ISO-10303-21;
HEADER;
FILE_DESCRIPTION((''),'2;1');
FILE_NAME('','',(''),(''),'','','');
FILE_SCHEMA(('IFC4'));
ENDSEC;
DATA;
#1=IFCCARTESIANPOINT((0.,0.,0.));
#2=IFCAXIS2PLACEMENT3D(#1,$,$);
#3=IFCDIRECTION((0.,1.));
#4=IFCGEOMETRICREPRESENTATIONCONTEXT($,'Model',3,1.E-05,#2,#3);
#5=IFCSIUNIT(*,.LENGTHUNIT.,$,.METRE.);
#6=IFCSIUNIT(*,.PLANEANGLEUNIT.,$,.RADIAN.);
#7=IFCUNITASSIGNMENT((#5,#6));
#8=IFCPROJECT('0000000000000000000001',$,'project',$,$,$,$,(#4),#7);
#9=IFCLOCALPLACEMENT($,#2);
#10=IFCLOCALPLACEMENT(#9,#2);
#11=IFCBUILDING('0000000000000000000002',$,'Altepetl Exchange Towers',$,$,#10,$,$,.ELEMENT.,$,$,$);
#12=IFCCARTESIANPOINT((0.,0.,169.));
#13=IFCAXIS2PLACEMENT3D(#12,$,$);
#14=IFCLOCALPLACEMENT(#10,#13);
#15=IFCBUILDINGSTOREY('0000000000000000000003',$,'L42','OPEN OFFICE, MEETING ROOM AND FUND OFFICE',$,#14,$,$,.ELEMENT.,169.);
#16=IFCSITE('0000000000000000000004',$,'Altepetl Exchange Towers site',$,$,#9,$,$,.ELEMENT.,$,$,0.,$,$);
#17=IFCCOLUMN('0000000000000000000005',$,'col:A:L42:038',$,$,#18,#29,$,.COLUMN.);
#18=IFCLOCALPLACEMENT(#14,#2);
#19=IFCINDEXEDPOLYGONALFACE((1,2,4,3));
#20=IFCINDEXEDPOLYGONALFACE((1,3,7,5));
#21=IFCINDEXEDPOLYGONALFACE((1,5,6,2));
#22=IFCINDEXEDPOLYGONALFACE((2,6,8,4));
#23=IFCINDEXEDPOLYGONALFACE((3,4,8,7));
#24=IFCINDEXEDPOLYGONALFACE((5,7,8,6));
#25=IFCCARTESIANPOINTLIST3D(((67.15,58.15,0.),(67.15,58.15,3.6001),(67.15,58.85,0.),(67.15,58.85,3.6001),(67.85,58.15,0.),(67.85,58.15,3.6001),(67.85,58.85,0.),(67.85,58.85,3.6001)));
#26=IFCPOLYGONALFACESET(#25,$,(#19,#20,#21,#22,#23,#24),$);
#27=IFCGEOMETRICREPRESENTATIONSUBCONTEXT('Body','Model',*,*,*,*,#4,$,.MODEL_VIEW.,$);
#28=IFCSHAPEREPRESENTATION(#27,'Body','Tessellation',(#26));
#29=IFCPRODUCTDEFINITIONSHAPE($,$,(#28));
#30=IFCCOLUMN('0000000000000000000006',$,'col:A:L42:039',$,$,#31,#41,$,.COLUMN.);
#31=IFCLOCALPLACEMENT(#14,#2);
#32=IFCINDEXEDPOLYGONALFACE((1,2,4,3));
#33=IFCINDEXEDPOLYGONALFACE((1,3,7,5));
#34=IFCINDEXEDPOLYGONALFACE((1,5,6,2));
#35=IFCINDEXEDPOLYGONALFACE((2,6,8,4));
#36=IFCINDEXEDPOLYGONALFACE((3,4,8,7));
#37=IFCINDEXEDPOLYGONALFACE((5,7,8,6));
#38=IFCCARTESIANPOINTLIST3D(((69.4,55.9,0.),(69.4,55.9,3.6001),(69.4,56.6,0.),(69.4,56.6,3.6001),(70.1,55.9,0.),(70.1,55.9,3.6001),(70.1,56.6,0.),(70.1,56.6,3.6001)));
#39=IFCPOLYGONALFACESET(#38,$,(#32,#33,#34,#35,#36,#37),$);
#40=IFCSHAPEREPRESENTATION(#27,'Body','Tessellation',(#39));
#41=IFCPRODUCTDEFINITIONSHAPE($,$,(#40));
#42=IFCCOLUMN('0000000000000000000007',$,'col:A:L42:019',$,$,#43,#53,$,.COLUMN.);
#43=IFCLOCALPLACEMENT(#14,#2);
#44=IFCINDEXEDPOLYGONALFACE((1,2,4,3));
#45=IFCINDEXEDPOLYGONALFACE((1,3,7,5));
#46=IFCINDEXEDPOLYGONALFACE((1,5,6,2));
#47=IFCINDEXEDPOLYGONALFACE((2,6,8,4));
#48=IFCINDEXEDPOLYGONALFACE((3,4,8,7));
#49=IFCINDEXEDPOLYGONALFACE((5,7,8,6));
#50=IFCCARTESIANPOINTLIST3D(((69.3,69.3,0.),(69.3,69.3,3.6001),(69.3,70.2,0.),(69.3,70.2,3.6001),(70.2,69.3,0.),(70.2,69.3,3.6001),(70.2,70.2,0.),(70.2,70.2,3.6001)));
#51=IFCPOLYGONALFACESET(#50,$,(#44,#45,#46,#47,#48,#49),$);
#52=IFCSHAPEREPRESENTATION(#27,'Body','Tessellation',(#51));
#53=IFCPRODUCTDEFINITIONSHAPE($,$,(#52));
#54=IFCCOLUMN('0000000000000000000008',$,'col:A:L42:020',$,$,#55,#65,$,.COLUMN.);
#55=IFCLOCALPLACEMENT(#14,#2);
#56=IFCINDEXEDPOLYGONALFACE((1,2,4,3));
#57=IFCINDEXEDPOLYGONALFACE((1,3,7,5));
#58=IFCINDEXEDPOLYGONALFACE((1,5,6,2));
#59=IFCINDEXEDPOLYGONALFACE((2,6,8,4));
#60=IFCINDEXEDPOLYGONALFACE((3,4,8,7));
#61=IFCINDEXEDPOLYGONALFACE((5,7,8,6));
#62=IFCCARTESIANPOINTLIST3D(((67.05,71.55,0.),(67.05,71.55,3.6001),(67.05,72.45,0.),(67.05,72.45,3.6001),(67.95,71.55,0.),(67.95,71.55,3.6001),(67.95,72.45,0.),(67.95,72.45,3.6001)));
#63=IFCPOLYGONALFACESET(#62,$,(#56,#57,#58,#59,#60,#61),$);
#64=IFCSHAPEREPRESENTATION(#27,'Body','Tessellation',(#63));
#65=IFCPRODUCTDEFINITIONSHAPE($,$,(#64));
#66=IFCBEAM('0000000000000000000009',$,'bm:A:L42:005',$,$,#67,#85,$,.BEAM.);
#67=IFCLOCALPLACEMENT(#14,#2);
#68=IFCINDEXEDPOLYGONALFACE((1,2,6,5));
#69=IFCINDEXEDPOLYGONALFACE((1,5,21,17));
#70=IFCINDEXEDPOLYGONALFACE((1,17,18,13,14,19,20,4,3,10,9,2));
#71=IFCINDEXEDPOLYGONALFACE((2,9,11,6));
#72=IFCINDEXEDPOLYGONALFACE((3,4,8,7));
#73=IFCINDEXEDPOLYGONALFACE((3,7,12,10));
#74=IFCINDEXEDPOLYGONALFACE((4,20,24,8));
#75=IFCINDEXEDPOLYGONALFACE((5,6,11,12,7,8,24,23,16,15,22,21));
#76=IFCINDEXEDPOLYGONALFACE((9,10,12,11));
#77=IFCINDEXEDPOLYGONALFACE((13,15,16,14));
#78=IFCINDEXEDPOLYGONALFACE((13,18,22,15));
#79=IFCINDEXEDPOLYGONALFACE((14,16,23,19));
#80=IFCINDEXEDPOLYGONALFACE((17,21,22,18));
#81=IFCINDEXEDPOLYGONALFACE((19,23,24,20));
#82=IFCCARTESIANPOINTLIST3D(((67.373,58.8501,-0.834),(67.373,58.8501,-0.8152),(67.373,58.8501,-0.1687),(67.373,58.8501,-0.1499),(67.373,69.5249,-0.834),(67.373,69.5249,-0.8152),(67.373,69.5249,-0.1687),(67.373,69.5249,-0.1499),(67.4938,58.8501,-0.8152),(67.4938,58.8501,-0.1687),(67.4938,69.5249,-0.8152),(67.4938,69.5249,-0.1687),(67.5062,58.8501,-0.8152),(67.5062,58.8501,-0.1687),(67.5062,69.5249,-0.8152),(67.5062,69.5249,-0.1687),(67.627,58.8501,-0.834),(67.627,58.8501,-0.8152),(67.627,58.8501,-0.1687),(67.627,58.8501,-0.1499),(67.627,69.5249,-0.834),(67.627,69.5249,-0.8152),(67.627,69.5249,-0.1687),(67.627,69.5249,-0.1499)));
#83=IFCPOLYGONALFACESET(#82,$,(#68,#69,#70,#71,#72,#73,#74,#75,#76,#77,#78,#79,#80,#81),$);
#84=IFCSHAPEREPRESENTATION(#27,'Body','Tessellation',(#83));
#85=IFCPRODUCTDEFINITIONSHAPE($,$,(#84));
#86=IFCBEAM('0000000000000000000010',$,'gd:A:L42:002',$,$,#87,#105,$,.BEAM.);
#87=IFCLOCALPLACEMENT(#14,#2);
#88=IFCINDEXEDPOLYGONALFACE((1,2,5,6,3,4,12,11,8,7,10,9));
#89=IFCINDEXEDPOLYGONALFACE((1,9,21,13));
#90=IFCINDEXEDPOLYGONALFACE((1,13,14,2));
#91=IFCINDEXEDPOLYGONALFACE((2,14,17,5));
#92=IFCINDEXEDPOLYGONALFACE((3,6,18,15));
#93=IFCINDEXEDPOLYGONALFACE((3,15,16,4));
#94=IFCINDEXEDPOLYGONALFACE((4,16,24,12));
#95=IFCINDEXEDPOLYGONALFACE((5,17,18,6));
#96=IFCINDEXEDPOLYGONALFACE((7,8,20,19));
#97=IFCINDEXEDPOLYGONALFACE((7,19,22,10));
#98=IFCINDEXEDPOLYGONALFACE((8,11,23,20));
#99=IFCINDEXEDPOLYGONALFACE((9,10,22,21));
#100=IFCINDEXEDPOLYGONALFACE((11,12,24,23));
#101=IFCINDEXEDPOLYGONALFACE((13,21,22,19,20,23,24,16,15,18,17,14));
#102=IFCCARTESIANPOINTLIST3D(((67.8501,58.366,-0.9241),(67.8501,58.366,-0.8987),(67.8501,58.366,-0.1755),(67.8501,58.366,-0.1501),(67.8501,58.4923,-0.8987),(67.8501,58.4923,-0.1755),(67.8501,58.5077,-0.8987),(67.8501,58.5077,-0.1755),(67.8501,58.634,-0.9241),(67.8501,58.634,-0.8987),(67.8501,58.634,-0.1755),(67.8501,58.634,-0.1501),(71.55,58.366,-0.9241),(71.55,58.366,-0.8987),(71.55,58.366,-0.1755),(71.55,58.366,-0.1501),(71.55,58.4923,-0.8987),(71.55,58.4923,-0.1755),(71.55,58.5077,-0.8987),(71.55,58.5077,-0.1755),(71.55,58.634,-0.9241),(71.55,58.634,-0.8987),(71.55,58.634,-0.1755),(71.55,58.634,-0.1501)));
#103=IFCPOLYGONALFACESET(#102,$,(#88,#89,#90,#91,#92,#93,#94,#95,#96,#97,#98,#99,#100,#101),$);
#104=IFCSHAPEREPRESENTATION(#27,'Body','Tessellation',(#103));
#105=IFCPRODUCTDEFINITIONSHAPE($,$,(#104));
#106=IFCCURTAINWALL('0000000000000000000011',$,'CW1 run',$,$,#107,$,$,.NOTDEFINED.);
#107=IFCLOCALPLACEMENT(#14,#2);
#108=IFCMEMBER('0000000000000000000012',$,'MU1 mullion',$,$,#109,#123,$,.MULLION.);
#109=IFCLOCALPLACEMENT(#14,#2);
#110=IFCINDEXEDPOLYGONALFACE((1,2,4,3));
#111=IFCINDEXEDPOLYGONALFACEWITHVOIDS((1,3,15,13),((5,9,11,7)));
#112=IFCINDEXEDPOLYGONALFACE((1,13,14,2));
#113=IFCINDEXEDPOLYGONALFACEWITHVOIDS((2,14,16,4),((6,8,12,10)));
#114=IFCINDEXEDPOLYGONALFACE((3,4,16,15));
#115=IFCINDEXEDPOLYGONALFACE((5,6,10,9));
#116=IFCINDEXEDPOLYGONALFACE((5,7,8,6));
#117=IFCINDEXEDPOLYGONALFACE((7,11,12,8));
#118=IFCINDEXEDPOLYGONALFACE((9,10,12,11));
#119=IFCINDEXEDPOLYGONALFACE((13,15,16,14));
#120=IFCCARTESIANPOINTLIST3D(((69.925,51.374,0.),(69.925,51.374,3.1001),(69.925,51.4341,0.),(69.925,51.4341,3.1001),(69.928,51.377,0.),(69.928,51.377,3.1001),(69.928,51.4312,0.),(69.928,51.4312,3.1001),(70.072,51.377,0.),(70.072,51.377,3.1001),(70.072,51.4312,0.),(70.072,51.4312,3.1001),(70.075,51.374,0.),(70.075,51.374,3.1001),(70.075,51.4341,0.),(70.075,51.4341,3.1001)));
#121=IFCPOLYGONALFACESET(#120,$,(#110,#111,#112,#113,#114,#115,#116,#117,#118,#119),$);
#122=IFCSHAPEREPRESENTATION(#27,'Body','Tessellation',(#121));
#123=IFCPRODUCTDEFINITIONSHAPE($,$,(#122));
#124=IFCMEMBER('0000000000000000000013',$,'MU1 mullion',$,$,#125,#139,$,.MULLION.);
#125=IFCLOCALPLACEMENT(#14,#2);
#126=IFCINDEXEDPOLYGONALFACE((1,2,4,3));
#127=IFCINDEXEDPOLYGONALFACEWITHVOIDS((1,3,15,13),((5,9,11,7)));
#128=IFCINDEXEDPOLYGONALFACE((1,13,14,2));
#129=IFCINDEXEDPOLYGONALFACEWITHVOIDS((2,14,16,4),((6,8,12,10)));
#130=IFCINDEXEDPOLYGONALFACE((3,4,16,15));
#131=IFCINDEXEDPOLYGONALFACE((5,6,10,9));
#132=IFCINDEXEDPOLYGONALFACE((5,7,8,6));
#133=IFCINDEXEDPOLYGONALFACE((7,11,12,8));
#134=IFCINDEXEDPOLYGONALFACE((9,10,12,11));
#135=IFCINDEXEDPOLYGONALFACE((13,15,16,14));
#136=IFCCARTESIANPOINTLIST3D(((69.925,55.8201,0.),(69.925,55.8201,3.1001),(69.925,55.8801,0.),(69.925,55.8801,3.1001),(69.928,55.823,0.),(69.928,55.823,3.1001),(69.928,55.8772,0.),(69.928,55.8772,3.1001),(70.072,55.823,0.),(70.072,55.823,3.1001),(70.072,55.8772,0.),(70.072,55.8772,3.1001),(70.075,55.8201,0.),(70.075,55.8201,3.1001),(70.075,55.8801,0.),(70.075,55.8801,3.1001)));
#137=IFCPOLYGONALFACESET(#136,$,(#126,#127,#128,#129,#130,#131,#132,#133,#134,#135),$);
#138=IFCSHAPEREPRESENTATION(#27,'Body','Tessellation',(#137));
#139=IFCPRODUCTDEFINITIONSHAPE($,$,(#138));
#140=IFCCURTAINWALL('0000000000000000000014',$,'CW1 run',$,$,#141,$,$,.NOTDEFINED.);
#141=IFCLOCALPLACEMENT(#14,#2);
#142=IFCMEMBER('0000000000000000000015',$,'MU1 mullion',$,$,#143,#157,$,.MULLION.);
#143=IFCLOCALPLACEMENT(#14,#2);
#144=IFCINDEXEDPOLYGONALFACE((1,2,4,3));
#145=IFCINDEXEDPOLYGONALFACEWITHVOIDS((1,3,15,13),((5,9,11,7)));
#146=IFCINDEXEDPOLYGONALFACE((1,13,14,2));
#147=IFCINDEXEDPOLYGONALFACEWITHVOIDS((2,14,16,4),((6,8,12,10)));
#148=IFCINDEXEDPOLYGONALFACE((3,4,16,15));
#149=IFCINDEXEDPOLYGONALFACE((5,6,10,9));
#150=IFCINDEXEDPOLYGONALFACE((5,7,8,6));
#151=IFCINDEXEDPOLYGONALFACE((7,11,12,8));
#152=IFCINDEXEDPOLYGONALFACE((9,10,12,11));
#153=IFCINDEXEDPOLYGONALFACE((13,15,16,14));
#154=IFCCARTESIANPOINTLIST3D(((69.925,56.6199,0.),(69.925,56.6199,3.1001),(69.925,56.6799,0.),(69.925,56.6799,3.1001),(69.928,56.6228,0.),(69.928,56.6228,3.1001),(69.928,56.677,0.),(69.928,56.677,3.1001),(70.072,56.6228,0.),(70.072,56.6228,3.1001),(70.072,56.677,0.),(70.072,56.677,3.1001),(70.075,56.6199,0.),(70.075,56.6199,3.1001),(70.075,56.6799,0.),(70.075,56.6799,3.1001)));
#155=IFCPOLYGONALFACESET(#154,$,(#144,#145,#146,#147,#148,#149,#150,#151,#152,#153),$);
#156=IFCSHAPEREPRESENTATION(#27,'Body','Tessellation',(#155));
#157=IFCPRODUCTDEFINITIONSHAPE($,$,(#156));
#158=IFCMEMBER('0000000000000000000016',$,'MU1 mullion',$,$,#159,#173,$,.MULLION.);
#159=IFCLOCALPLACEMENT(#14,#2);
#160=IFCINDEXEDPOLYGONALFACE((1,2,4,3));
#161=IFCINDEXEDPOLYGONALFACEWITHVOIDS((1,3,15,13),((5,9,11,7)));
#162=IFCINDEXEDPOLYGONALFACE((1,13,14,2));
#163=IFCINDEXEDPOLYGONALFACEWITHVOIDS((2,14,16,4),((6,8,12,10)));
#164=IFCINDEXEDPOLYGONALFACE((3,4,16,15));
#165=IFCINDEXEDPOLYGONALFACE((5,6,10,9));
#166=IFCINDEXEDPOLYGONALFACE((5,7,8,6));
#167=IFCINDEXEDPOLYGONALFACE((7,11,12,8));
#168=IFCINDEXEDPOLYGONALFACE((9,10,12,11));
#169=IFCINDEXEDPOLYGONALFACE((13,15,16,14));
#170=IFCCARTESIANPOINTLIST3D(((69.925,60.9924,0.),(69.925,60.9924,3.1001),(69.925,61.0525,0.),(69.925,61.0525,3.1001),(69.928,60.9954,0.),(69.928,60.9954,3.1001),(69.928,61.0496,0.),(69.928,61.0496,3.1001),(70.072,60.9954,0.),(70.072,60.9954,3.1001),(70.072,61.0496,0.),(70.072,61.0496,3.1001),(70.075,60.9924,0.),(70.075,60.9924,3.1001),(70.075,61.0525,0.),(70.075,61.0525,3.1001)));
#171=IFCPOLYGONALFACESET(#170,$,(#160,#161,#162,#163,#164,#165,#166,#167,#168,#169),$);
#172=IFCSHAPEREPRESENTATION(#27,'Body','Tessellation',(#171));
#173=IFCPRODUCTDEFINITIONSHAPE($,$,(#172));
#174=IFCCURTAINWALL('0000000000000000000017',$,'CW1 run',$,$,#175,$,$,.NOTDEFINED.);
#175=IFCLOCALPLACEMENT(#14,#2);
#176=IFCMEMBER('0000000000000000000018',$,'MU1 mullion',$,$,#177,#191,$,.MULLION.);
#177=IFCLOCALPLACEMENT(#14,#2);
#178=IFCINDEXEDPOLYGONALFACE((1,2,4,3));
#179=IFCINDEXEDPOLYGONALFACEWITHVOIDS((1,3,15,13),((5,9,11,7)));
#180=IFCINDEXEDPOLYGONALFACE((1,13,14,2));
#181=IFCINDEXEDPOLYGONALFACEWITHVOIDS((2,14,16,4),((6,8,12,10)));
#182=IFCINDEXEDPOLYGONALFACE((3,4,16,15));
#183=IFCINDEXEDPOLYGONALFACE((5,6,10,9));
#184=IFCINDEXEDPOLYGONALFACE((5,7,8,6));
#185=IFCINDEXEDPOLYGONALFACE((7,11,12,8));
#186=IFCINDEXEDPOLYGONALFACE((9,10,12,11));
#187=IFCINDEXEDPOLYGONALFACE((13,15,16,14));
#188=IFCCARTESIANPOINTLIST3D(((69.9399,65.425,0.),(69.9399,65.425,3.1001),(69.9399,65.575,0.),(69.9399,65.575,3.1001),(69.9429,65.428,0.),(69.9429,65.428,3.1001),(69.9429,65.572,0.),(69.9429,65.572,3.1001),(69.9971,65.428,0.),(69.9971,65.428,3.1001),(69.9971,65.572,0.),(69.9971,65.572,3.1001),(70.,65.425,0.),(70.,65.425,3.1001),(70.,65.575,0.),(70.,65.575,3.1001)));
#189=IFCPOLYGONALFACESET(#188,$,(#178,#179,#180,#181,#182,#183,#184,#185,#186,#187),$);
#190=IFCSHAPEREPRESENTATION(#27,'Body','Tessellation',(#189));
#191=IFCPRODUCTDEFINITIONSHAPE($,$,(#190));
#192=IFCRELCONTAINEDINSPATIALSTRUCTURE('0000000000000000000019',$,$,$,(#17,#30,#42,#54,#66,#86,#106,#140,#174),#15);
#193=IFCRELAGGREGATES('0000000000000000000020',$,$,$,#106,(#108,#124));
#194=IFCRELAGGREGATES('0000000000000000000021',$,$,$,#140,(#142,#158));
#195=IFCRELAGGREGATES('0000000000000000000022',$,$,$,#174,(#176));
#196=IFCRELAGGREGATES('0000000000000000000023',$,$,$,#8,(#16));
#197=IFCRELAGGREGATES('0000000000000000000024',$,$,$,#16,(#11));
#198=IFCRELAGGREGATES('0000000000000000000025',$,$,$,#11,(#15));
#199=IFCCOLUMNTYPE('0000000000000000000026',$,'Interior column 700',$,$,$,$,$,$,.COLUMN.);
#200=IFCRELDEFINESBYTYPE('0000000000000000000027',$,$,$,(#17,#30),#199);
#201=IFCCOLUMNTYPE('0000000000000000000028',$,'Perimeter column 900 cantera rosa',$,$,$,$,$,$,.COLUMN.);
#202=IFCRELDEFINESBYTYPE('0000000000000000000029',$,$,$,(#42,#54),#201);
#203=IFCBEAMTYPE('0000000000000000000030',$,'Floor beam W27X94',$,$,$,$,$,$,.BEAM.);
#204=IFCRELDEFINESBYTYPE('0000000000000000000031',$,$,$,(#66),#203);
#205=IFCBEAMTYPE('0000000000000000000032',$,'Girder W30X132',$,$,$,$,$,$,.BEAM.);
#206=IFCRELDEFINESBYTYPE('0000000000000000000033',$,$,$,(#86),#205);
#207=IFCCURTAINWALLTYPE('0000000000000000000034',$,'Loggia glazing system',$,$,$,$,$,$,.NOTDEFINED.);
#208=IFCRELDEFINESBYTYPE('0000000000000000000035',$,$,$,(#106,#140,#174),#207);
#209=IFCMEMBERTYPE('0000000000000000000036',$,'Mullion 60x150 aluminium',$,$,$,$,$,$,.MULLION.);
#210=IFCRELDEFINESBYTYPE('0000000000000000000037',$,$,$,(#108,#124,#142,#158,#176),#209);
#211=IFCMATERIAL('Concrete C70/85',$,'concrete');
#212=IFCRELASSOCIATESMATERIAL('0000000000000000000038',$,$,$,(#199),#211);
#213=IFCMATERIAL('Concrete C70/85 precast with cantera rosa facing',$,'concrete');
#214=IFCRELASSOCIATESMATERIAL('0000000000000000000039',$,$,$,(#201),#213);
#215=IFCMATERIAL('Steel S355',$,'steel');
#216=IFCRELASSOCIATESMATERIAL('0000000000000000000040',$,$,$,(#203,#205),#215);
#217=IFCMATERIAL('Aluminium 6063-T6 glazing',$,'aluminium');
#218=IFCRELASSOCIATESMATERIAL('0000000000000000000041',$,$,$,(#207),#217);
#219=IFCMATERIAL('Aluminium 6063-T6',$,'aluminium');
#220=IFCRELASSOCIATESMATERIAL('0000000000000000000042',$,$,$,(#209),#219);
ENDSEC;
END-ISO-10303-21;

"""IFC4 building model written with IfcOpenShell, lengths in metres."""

from ifc_helpers import new_model, si_unit, direction, frame, origin, origin_2d, place, context, subcontext, project, spatial, rectangle, hollow_rectangle, i_section, extrude, material, material_profile, profile_set, type_object, element, aggregate, save


model = new_model("IFC4")

# Units and contexts
model_context = context("Model", 3, precision=1e-05, world=origin(), true_north=direction((0.0, 1.0)))
body_context = subcontext(model_context, "Body", "Model", "MODEL_VIEW")
ifc_project = project(units=[si_unit("LENGTHUNIT", "METRE"), si_unit("PLANEANGLEUNIT", "RADIAN")], contexts=[model_context])

# Site, building, storey
site_placement = place(None, origin())
site = spatial("IfcSite", under=ifc_project, at=site_placement, Name="Altepetl Exchange Towers site", CompositionType="ELEMENT", RefElevation=0.0)
building_placement = place(site_placement, origin())
building = spatial("IfcBuilding", under=site, at=building_placement, Name="Altepetl Exchange Towers", CompositionType="ELEMENT")
storey_placement = place(building_placement, frame((0.0, 0.0, 169.0)))
storey = spatial("IfcBuildingStorey", under=building, at=storey_placement, Name="L42", Description="OPEN OFFICE, MEETING ROOM AND FUND OFFICE", CompositionType="ELEMENT", Elevation=169.0)

# Columns
ifc_material_1 = material(Name="Concrete C70/85", Category="concrete")
ifc_material_profile_1 = material_profile(ifc_material_1, rectangle(XDim=0.7, YDim=0.7, at=origin_2d()), Name="700 x 700")
ifc_profile_set_1 = profile_set([ifc_material_profile_1], Name="Concrete C70/85")
column_type_1 = type_object("IfcColumnType", Name="Interior column 700", PredefinedType="COLUMN", material=ifc_profile_set_1)
for number, where, name in (
    (1, (67.5, 58.5, 0.0), "col:A:L42:038"),
    (2, (69.75, 56.25, 0.0), "col:A:L42:039"),
):
    element("IfcColumn", number, at=place(storey_placement, frame(where)), inside=storey, type_object=column_type_1, Name=name, PredefinedType="COLUMN", context=body_context, shape_type="SweptSolid", body=[
        extrude(rectangle(XDim=0.7, YDim=0.7, at=origin_2d()), origin(), (0.0, 0.0, 1.0), 3.6001),
    ])
ifc_material_2 = material(Name="Concrete C70/85 precast with cantera rosa facing", Category="concrete")
ifc_material_profile_2 = material_profile(ifc_material_2, rectangle(XDim=0.8999, YDim=0.8999, at=origin_2d()), Name="900 x 900")
ifc_profile_set_2 = profile_set([ifc_material_profile_2], Name="Concrete C70/85 precast with cantera rosa facing")
column_type_2 = type_object("IfcColumnType", Name="Perimeter column 900 cantera rosa", PredefinedType="COLUMN", material=ifc_profile_set_2)
for number, where, name in (
    (3, (69.75, 69.75, 0.0), "col:A:L42:019"),
    (4, (67.5, 72.0, 0.0), "col:A:L42:020"),
):
    element("IfcColumn", number, at=place(storey_placement, frame(where)), inside=storey, type_object=column_type_2, Name=name, PredefinedType="COLUMN", context=body_context, shape_type="SweptSolid", body=[
        extrude(rectangle(XDim=0.8999, YDim=0.8999, at=origin_2d()), origin(), (0.0, 0.0, 1.0), 3.6001),
    ])

# Beams
ifc_material_3 = material(Name="Steel S355", Category="steel")
ifc_material_profile_3 = material_profile(ifc_material_3, i_section(OverallWidth=0.2539, OverallDepth=0.6841, WebThickness=0.0125, FlangeThickness=0.0188, at=origin_2d()), Name="W27X94")
ifc_profile_set_3 = profile_set([ifc_material_profile_3], Name="Steel S355")
beam_type_1 = type_object("IfcBeamType", Name="Floor beam W27X94", PredefinedType="BEAM", material=ifc_profile_set_3)
beam_1_placement = place(storey_placement, frame((67.5, 58.8501, -0.4919), z_axis=(0.0, 1.0, 0.0), x_axis=(-1.0, 0.0, 0.0)))
element("IfcBeam", 5, at=beam_1_placement, inside=storey, type_object=beam_type_1, Name="bm:A:L42:005", PredefinedType="BEAM", context=body_context, shape_type="SweptSolid", body=[
    extrude(i_section(OverallWidth=0.2539, OverallDepth=0.6841, WebThickness=0.0125, FlangeThickness=0.0188, at=origin_2d()), origin(), (0.0, 0.0, 1.0), 10.6748),
])
ifc_material_profile_4 = material_profile(ifc_material_3, i_section(OverallWidth=0.2681, OverallDepth=0.7739, WebThickness=0.0154, FlangeThickness=0.0254, at=origin_2d()), Name="W30X132")
ifc_profile_set_4 = profile_set([ifc_material_profile_4], Name="Steel S355")
beam_type_2 = type_object("IfcBeamType", Name="Girder W30X132", PredefinedType="BEAM", material=ifc_profile_set_4)
beam_2_placement = place(storey_placement, frame((67.8501, 58.5, -0.5371), z_axis=(1.0, 0.0, 0.0), x_axis=(0.0, 1.0, 0.0)))
element("IfcBeam", 6, at=beam_2_placement, inside=storey, type_object=beam_type_2, Name="gd:A:L42:002", PredefinedType="BEAM", context=body_context, shape_type="SweptSolid", body=[
    extrude(i_section(OverallWidth=0.2681, OverallDepth=0.7739, WebThickness=0.0154, FlangeThickness=0.0254, at=origin_2d()), origin(), (0.0, 0.0, 1.0), 3.7),
])

# Curtain walls, members
ifc_material_4 = material(Name="Aluminium 6063-T6 glazing", Category="aluminium")
curtain_wall_type = type_object("IfcCurtainWallType", Name="Loggia glazing system", PredefinedType="NOTDEFINED", material=ifc_material_4)
curtain_wall_1_placement = place(storey_placement, origin())
curtain_wall_1 = element("IfcCurtainWall", 7, at=curtain_wall_1_placement, inside=storey, type_object=curtain_wall_type, Name="CW1 run", PredefinedType="NOTDEFINED")
ifc_material_5 = material(Name="Aluminium 6063-T6", Category="aluminium")
ifc_material_profile_5 = material_profile(ifc_material_5, hollow_rectangle(XDim=0.0601, YDim=0.1499, WallThickness=0.0029, at=origin_2d()), Name="Mullion 60x150 aluminium")
ifc_profile_set_5 = profile_set([ifc_material_profile_5], Name="Aluminium 6063-T6")
member_type = type_object("IfcMemberType", Name="Mullion 60x150 aluminium", PredefinedType="MULLION", material=ifc_profile_set_5)
member_1_placement = place(storey_placement, frame((70.0, 51.4041, 0.0), z_axis=(0.0, 0.0, 1.0), x_axis=(0.0, 1.0, 0.0)))
member_1 = element("IfcMember", 8, at=member_1_placement, type_object=member_type, Name="MU1 mullion", PredefinedType="MULLION", context=body_context, shape_type="SweptSolid", body=[
    extrude(hollow_rectangle(XDim=0.0601, YDim=0.1499, WallThickness=0.0029, at=origin_2d()), origin(), (0.0, 0.0, 1.0), 3.1001),
])
member_2_placement = place(storey_placement, frame((70.0, 55.8501, 0.0), z_axis=(0.0, 0.0, 1.0), x_axis=(0.0, 1.0, 0.0)))
member_2 = element("IfcMember", 9, at=member_2_placement, type_object=member_type, Name="MU1 mullion", PredefinedType="MULLION", context=body_context, shape_type="SweptSolid", body=[
    extrude(hollow_rectangle(XDim=0.0601, YDim=0.1499, WallThickness=0.0029, at=origin_2d()), origin(), (0.0, 0.0, 1.0), 3.1001),
])
curtain_wall_2_placement = place(storey_placement, origin())
curtain_wall_2 = element("IfcCurtainWall", 10, at=curtain_wall_2_placement, inside=storey, type_object=curtain_wall_type, Name="CW1 run", PredefinedType="NOTDEFINED")
member_3_placement = place(storey_placement, frame((70.0, 56.6499, 0.0), z_axis=(0.0, 0.0, 1.0), x_axis=(0.0, 1.0, 0.0)))
member_3 = element("IfcMember", 11, at=member_3_placement, type_object=member_type, Name="MU1 mullion", PredefinedType="MULLION", context=body_context, shape_type="SweptSolid", body=[
    extrude(hollow_rectangle(XDim=0.0601, YDim=0.1499, WallThickness=0.0029, at=origin_2d()), origin(), (0.0, 0.0, 1.0), 3.1001),
])
member_4_placement = place(storey_placement, frame((70.0, 61.0225, 0.0), z_axis=(0.0, 0.0, 1.0), x_axis=(0.0, 1.0, 0.0)))
member_4 = element("IfcMember", 12, at=member_4_placement, type_object=member_type, Name="MU1 mullion", PredefinedType="MULLION", context=body_context, shape_type="SweptSolid", body=[
    extrude(hollow_rectangle(XDim=0.0601, YDim=0.1499, WallThickness=0.0029, at=origin_2d()), origin(), (0.0, 0.0, 1.0), 3.1001),
])
curtain_wall_3_placement = place(storey_placement, origin())
curtain_wall_3 = element("IfcCurtainWall", 13, at=curtain_wall_3_placement, inside=storey, type_object=curtain_wall_type, Name="CW1 run", PredefinedType="NOTDEFINED")
member_5_placement = place(storey_placement, frame((69.97, 65.5, 0.0), z_axis=(0.0, 0.0, 1.0), x_axis=(-1.0, 0.0, 0.0)))
member_5 = element("IfcMember", 14, at=member_5_placement, type_object=member_type, Name="MU1 mullion", PredefinedType="MULLION", context=body_context, shape_type="SweptSolid", body=[
    extrude(hollow_rectangle(XDim=0.0601, YDim=0.1499, WallThickness=0.0029, at=origin_2d()), origin(), (0.0, 0.0, 1.0), 3.1001),
])

aggregate(curtain_wall_1, [member_1, member_2])
aggregate(curtain_wall_2, [member_3, member_4])
aggregate(curtain_wall_3, [member_5])

save(model, "model.ifc")
